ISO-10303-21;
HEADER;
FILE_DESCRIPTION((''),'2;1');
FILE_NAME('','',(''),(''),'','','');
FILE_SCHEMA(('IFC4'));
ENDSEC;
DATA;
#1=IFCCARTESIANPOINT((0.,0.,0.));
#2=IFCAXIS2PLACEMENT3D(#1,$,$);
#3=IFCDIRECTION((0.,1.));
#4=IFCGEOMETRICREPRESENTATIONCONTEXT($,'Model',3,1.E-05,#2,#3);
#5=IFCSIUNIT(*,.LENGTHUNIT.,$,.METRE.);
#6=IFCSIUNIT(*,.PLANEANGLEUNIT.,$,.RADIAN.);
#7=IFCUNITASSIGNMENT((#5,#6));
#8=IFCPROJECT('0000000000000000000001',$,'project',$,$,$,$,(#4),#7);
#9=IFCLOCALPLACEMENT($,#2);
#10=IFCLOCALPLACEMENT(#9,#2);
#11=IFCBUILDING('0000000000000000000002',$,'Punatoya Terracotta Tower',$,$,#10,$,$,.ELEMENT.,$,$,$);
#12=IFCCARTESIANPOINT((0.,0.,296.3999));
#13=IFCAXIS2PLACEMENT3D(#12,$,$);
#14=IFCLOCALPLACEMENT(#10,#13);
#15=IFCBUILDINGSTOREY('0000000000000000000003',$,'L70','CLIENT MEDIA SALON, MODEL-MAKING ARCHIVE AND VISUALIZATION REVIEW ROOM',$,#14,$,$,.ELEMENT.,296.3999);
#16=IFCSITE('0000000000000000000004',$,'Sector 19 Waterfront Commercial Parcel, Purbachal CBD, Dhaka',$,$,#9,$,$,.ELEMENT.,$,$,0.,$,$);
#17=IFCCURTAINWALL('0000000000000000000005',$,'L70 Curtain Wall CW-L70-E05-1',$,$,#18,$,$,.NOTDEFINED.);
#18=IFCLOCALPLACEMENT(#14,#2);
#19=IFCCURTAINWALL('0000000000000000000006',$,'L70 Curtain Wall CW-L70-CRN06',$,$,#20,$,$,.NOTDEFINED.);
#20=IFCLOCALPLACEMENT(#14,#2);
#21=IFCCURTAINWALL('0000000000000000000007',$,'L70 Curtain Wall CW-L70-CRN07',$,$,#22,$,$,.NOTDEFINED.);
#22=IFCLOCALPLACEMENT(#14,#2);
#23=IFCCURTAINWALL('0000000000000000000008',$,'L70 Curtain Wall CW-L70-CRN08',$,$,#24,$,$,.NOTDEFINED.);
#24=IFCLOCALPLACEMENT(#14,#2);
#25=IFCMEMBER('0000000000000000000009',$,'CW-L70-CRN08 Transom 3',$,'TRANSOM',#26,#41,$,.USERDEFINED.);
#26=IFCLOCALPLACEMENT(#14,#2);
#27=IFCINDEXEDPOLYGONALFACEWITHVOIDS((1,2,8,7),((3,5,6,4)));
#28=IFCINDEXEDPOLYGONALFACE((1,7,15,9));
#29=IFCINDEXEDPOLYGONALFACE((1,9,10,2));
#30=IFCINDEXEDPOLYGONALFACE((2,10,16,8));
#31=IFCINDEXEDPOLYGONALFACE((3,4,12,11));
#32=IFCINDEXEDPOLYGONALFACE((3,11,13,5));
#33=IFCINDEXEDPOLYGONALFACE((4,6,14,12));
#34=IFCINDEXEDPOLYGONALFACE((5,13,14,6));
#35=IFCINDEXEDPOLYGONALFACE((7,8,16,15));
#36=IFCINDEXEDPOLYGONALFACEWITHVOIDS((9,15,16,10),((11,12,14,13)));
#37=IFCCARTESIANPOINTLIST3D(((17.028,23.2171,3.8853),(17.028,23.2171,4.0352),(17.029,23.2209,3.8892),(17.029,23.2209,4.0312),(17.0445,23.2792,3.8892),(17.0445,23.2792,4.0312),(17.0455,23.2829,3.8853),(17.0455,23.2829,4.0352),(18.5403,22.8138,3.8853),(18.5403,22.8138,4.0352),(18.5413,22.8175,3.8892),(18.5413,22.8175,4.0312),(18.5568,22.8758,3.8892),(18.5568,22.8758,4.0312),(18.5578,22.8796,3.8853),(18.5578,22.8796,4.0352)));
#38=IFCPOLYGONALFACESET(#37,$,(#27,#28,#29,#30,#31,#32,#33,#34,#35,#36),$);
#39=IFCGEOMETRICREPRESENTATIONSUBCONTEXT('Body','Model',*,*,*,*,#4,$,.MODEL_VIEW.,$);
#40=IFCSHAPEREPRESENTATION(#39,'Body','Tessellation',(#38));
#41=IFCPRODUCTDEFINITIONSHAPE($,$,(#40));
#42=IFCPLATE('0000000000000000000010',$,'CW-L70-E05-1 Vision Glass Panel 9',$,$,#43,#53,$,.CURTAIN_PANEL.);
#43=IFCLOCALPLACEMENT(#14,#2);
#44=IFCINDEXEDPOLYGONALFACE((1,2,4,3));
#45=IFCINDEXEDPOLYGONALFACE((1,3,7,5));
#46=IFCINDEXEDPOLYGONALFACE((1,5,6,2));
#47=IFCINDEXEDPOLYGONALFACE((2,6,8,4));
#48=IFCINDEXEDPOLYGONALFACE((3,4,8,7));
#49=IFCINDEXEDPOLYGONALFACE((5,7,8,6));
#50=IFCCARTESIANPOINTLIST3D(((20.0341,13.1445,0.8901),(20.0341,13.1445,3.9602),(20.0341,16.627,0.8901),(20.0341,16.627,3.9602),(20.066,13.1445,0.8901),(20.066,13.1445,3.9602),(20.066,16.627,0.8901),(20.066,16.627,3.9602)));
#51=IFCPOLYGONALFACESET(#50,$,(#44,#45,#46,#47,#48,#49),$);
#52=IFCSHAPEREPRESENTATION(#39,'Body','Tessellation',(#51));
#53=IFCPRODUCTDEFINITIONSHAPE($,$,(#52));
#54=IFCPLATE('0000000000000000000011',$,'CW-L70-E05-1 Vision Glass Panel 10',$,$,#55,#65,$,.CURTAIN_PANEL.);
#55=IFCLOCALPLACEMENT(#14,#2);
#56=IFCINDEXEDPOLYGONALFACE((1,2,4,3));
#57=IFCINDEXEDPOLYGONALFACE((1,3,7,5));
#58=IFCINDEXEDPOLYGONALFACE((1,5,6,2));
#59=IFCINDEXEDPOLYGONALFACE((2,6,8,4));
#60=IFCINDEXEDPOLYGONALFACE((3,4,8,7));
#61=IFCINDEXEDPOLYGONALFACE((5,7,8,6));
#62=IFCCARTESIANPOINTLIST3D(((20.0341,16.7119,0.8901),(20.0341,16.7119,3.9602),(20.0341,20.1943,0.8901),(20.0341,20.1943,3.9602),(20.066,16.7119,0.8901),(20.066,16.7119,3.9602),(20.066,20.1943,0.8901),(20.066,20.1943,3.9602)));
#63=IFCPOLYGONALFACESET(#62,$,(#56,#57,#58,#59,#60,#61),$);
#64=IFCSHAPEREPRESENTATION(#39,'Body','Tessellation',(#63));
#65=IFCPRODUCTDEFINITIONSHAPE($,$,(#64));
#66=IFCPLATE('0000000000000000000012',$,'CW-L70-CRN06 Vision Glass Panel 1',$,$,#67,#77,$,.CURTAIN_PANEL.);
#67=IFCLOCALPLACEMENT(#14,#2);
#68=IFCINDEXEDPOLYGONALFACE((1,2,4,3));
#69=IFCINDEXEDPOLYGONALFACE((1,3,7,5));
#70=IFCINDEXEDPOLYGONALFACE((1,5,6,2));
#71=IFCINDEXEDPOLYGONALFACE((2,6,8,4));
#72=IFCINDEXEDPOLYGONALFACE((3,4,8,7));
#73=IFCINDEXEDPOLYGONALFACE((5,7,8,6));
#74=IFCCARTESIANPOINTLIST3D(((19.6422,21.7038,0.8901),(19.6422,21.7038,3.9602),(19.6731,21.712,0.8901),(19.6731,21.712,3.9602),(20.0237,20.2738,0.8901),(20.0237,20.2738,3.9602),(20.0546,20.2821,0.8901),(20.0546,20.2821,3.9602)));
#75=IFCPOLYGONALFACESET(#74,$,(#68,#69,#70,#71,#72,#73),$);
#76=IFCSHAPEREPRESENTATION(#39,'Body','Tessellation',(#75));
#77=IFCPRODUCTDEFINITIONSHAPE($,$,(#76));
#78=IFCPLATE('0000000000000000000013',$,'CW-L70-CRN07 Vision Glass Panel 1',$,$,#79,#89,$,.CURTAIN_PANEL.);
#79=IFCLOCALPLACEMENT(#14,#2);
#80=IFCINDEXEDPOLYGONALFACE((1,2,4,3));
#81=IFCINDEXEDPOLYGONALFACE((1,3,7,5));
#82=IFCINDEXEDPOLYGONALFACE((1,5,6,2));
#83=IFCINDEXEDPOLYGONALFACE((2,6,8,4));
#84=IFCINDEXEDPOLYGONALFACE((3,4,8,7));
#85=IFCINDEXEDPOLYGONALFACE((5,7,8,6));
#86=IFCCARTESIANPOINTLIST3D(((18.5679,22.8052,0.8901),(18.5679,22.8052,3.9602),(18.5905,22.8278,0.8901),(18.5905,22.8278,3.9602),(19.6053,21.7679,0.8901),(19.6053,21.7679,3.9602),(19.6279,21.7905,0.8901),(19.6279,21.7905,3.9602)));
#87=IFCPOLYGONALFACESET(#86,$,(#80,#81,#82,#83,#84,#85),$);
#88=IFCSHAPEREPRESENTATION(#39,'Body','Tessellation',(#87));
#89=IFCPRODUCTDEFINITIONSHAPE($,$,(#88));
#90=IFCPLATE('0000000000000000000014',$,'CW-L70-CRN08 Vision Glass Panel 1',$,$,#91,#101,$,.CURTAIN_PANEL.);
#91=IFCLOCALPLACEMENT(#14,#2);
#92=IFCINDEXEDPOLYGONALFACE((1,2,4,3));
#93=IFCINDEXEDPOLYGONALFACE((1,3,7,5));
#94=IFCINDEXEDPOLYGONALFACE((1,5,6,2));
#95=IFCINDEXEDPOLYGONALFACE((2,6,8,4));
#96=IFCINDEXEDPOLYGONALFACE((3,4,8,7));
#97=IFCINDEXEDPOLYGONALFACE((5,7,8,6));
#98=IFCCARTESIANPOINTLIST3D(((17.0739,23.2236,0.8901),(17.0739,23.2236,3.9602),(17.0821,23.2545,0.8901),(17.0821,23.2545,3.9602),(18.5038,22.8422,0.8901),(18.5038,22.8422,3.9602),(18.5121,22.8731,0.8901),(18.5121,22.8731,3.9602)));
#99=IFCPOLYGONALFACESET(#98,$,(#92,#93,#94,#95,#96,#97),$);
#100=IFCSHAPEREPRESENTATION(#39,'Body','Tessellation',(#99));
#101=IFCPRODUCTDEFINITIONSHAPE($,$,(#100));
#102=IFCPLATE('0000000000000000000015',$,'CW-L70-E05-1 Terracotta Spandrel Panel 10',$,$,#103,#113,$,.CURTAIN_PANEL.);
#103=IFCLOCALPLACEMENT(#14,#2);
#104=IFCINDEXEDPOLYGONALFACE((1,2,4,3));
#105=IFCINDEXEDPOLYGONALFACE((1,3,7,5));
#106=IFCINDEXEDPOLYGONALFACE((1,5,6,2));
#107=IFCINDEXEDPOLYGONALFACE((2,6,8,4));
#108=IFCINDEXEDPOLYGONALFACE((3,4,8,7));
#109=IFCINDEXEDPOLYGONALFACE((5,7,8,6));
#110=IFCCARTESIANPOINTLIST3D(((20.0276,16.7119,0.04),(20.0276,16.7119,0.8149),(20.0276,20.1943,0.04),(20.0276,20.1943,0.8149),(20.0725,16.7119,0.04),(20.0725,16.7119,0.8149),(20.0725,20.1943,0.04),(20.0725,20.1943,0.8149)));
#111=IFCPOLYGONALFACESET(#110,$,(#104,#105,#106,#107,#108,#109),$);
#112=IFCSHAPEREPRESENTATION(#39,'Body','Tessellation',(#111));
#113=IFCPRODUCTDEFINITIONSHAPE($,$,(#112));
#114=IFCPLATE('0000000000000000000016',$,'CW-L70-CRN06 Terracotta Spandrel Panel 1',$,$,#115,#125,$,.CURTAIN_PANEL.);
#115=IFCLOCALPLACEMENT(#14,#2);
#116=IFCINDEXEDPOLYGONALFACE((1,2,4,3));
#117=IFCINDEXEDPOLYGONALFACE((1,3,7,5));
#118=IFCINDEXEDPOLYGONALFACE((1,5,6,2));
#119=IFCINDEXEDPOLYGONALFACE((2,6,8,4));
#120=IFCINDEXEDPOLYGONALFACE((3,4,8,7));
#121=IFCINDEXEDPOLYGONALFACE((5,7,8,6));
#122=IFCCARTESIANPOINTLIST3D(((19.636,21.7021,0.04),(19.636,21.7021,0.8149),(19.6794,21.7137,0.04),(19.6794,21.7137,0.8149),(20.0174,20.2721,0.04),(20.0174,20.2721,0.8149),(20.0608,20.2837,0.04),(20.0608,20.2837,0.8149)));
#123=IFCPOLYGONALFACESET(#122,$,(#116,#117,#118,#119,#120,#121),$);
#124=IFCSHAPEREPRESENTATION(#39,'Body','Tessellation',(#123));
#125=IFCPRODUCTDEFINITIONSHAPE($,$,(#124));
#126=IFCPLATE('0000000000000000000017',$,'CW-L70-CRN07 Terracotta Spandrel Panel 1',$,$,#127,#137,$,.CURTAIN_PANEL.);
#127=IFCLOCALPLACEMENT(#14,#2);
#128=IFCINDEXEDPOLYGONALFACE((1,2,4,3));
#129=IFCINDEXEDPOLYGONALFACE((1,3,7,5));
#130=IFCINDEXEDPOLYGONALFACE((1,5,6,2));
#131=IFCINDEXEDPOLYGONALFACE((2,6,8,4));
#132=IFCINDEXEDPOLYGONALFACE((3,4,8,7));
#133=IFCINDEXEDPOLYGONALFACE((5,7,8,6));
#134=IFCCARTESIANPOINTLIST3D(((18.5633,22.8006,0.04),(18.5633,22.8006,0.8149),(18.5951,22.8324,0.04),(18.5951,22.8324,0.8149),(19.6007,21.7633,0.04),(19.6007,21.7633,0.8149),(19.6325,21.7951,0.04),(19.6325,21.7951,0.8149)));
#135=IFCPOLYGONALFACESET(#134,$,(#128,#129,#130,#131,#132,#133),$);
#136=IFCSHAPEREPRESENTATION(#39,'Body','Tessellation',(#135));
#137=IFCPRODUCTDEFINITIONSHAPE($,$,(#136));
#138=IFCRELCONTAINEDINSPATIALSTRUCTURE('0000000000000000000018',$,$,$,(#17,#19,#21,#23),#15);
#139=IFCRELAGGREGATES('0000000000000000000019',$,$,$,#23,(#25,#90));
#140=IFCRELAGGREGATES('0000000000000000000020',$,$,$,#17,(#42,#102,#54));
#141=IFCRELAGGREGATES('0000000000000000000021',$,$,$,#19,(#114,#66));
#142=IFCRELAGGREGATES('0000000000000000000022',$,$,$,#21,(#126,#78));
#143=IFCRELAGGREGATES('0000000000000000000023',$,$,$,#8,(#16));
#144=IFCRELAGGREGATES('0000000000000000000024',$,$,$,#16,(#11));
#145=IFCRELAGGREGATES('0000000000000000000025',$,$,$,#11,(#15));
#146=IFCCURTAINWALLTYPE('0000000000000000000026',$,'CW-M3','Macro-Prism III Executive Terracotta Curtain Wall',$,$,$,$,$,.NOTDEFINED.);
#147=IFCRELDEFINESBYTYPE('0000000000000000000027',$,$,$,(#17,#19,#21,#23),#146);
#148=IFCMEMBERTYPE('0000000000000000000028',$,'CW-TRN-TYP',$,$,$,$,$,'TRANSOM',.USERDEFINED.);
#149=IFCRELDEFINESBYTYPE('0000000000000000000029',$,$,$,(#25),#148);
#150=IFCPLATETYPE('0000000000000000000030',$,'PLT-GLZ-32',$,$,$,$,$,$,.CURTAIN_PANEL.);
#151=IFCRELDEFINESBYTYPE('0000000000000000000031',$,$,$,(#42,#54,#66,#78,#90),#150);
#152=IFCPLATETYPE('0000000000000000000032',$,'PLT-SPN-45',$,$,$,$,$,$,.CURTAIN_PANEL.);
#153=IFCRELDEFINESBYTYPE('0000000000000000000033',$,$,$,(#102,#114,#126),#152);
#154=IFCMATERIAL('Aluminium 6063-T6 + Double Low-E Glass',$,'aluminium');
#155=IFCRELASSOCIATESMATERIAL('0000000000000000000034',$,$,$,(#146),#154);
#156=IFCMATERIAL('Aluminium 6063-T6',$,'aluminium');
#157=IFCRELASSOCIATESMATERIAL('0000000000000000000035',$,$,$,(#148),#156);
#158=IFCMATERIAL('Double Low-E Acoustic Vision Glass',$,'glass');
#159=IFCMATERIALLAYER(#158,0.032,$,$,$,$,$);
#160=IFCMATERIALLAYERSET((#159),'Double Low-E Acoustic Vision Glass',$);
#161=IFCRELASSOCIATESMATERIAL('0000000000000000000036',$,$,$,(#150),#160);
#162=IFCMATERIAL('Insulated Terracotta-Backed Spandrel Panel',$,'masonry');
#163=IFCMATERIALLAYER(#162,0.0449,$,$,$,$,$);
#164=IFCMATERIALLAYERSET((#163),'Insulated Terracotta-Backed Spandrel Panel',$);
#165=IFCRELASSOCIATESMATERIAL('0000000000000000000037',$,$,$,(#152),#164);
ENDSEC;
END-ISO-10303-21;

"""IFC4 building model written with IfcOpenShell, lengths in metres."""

from ifc_helpers import new_model, si_unit, direction, frame, origin, origin_2d, place, context, subcontext, project, spatial, rectangle, hollow_rectangle, extrude, material, layer, layer_set, material_profile, profile_set, type_object, element, aggregate, save


model = new_model("IFC4")

# Units and contexts
model_context = context("Model", 3, precision=1e-05, world=origin(), true_north=direction((0.0, 1.0)))
body_context = subcontext(model_context, "Body", "Model", "MODEL_VIEW")
ifc_project = project(units=[si_unit("LENGTHUNIT", "METRE"), si_unit("PLANEANGLEUNIT", "RADIAN")], contexts=[model_context])

# Site, building, storey
site_placement = place(None, origin())
site = spatial("IfcSite", under=ifc_project, at=site_placement, Name="Sector 19 Waterfront Commercial Parcel, Purbachal CBD, Dhaka", CompositionType="ELEMENT", RefElevation=0.0)
building_placement = place(site_placement, origin())
building = spatial("IfcBuilding", under=site, at=building_placement, Name="Punatoya Terracotta Tower", CompositionType="ELEMENT")
storey_placement = place(building_placement, frame((0.0, 0.0, 296.3999)))
storey = spatial("IfcBuildingStorey", under=building, at=storey_placement, Name="L70", Description="CLIENT MEDIA SALON, MODEL-MAKING ARCHIVE AND VISUALIZATION REVIEW ROOM", CompositionType="ELEMENT", Elevation=296.3999)

# Curtain walls
ifc_material_1 = material(Name="Aluminium 6063-T6 + Double Low-E Glass", Category="aluminium")
curtain_wall_type = type_object("IfcCurtainWallType", Name="CW-M3", Description="Macro-Prism III Executive Terracotta Curtain Wall", PredefinedType="NOTDEFINED", material=ifc_material_1)
curtain_wall_1_placement = place(storey_placement, origin())
curtain_wall_1 = element("IfcCurtainWall", 1, at=curtain_wall_1_placement, inside=storey, type_object=curtain_wall_type, Name="L70 Curtain Wall CW-L70-E05-1", PredefinedType="NOTDEFINED")
ifc_material_2 = material(Name="Aluminium 6063-T6", Category="aluminium")
curtain_wall_2_placement = place(storey_placement, origin())
curtain_wall_2 = element("IfcCurtainWall", 2, at=curtain_wall_2_placement, inside=storey, type_object=curtain_wall_type, Name="L70 Curtain Wall CW-L70-CRN06", PredefinedType="NOTDEFINED")
curtain_wall_3_placement = place(storey_placement, origin())
curtain_wall_3 = element("IfcCurtainWall", 3, at=curtain_wall_3_placement, inside=storey, type_object=curtain_wall_type, Name="L70 Curtain Wall CW-L70-CRN07", PredefinedType="NOTDEFINED")

# Curtain wall
curtain_wall_4_placement = place(storey_placement, origin())
curtain_wall_4 = element("IfcCurtainWall", 4, at=curtain_wall_4_placement, inside=storey, type_object=curtain_wall_type, Name="L70 Curtain Wall CW-L70-CRN08", PredefinedType="NOTDEFINED")

# Member
ifc_material_profile_1 = material_profile(ifc_material_2, hollow_rectangle(XDim=0.0681, YDim=0.1499, WallThickness=0.0039, at=origin_2d()))
ifc_profile_set_1 = profile_set([ifc_material_profile_1], Name="Aluminium 6063-T6")
member_type_1 = type_object("IfcMemberType", Name="CW-TRN-TYP", ElementType="TRANSOM", PredefinedType="USERDEFINED", material=ifc_profile_set_1)
member_1_placement = place(storey_placement, frame((18.5491, 22.8467, 3.9602), z_axis=(-0.966225, 0.257701, 0.0), x_axis=(-0.257701, -0.966225, 0.0)))
member_1 = element("IfcMember", 5, at=member_1_placement, type_object=member_type_1, Name="CW-L70-CRN08 Transom 3", ObjectType="TRANSOM", PredefinedType="USERDEFINED", context=body_context, shape_type="SweptSolid", body=[
    extrude(hollow_rectangle(XDim=0.0681, YDim=0.1499, WallThickness=0.0039, at=origin_2d()), origin(), (0.0, 0.0, 1.0), 1.5652),
])

# Plates
ifc_material_3 = material(Name="Double Low-E Acoustic Vision Glass", Category="glass")
ifc_layer_1 = layer(ifc_material_3, 0.032)
ifc_layer_set_1 = layer_set([ifc_layer_1], Name="Double Low-E Acoustic Vision Glass")
plate_type_1 = type_object("IfcPlateType", Name="PLT-GLZ-32", PredefinedType="CURTAIN_PANEL", material=ifc_layer_set_1)
plate_1_placement = place(storey_placement, frame((20.05, 14.8857, 0.8901), z_axis=(0.0, 0.0, 1.0), x_axis=(0.0, 1.0, 0.0)))
plate_1 = element("IfcPlate", 6, at=plate_1_placement, type_object=plate_type_1, Name="CW-L70-E05-1 Vision Glass Panel 9", PredefinedType="CURTAIN_PANEL", context=body_context, shape_type="SweptSolid", body=[
    extrude(rectangle(XDim=3.4824, YDim=0.032, at=origin_2d()), origin(), (0.0, 0.0, 1.0), 3.0701),
])
plate_2_placement = place(storey_placement, frame((20.05, 18.4531, 0.8901), z_axis=(0.0, 0.0, 1.0), x_axis=(0.0, 1.0, 0.0)))
plate_2 = element("IfcPlate", 7, at=plate_2_placement, type_object=plate_type_1, Name="CW-L70-E05-1 Vision Glass Panel 10", PredefinedType="CURTAIN_PANEL", context=body_context, shape_type="SweptSolid", body=[
    extrude(rectangle(XDim=3.4824, YDim=0.032, at=origin_2d()), origin(), (0.0, 0.0, 1.0), 3.0701),
])
plate_3_placement = place(storey_placement, frame((19.8484, 20.9929, 0.8901), z_axis=(0.0, 0.0, 1.0), x_axis=(-0.257742, 0.966214, 0.0)))
plate_3 = element("IfcPlate", 8, at=plate_3_placement, type_object=plate_type_1, Name="CW-L70-CRN06 Vision Glass Panel 1", PredefinedType="CURTAIN_PANEL", context=body_context, shape_type="SweptSolid", body=[
    extrude(rectangle(XDim=1.48, YDim=0.032, at=origin_2d()), origin(), (0.0, 0.0, 1.0), 3.0701),
])
plate_4_placement = place(storey_placement, frame((19.0979, 22.2979, 0.8901), z_axis=(0.0, 0.0, 1.0), x_axis=(-0.707107, 0.707107, 0.0)))
plate_4 = element("IfcPlate", 9, at=plate_4_placement, type_object=plate_type_1, Name="CW-L70-CRN07 Vision Glass Panel 1", PredefinedType="CURTAIN_PANEL", context=body_context, shape_type="SweptSolid", body=[
    extrude(rectangle(XDim=1.467, YDim=0.032, at=origin_2d()), origin(), (0.0, 0.0, 1.0), 3.0701),
])
plate_5_placement = place(storey_placement, frame((17.793, 23.0483, 0.8901), z_axis=(0.0, 0.0, 1.0), x_axis=(-0.966214, 0.257742, 0.0)))
plate_5 = element("IfcPlate", 10, at=plate_5_placement, type_object=plate_type_1, Name="CW-L70-CRN08 Vision Glass Panel 1", PredefinedType="CURTAIN_PANEL", context=body_context, shape_type="SweptSolid", body=[
    extrude(rectangle(XDim=1.48, YDim=0.032, at=origin_2d()), origin(), (0.0, 0.0, 1.0), 3.0701),
])
aggregate(curtain_wall_4, [member_1, plate_5])
ifc_material_4 = material(Name="Insulated Terracotta-Backed Spandrel Panel", Category="masonry")
ifc_layer_2 = layer(ifc_material_4, 0.0449)
ifc_layer_set_2 = layer_set([ifc_layer_2], Name="Insulated Terracotta-Backed Spandrel Panel")
plate_type_2 = type_object("IfcPlateType", Name="PLT-SPN-45", PredefinedType="CURTAIN_PANEL", material=ifc_layer_set_2)
plate_6_placement = place(storey_placement, frame((20.05, 18.4531, 0.04), z_axis=(0.0, 0.0, 1.0), x_axis=(0.0, 1.0, 0.0)))
plate_6 = element("IfcPlate", 11, at=plate_6_placement, type_object=plate_type_2, Name="CW-L70-E05-1 Terracotta Spandrel Panel 10", PredefinedType="CURTAIN_PANEL", context=body_context, shape_type="SweptSolid", body=[
    extrude(rectangle(XDim=3.4824, YDim=0.0449, at=origin_2d()), origin(), (0.0, 0.0, 1.0), 0.7749),
])
aggregate(curtain_wall_1, [plate_1, plate_6, plate_2])
plate_7_placement = place(storey_placement, frame((19.8484, 20.9929, 0.04), z_axis=(0.0, 0.0, 1.0), x_axis=(-0.257742, 0.966214, 0.0)))
plate_7 = element("IfcPlate", 12, at=plate_7_placement, type_object=plate_type_2, Name="CW-L70-CRN06 Terracotta Spandrel Panel 1", PredefinedType="CURTAIN_PANEL", context=body_context, shape_type="SweptSolid", body=[
    extrude(rectangle(XDim=1.48, YDim=0.0449, at=origin_2d()), origin(), (0.0, 0.0, 1.0), 0.7749),
])
aggregate(curtain_wall_2, [plate_7, plate_3])
plate_8_placement = place(storey_placement, frame((19.0979, 22.2979, 0.04), z_axis=(0.0, 0.0, 1.0), x_axis=(-0.707107, 0.707107, 0.0)))
plate_8 = element("IfcPlate", 13, at=plate_8_placement, type_object=plate_type_2, Name="CW-L70-CRN07 Terracotta Spandrel Panel 1", PredefinedType="CURTAIN_PANEL", context=body_context, shape_type="SweptSolid", body=[
    extrude(rectangle(XDim=1.467, YDim=0.0449, at=origin_2d()), origin(), (0.0, 0.0, 1.0), 0.7749),
])
aggregate(curtain_wall_3, [plate_8, plate_4])

save(model, "model.ifc")
